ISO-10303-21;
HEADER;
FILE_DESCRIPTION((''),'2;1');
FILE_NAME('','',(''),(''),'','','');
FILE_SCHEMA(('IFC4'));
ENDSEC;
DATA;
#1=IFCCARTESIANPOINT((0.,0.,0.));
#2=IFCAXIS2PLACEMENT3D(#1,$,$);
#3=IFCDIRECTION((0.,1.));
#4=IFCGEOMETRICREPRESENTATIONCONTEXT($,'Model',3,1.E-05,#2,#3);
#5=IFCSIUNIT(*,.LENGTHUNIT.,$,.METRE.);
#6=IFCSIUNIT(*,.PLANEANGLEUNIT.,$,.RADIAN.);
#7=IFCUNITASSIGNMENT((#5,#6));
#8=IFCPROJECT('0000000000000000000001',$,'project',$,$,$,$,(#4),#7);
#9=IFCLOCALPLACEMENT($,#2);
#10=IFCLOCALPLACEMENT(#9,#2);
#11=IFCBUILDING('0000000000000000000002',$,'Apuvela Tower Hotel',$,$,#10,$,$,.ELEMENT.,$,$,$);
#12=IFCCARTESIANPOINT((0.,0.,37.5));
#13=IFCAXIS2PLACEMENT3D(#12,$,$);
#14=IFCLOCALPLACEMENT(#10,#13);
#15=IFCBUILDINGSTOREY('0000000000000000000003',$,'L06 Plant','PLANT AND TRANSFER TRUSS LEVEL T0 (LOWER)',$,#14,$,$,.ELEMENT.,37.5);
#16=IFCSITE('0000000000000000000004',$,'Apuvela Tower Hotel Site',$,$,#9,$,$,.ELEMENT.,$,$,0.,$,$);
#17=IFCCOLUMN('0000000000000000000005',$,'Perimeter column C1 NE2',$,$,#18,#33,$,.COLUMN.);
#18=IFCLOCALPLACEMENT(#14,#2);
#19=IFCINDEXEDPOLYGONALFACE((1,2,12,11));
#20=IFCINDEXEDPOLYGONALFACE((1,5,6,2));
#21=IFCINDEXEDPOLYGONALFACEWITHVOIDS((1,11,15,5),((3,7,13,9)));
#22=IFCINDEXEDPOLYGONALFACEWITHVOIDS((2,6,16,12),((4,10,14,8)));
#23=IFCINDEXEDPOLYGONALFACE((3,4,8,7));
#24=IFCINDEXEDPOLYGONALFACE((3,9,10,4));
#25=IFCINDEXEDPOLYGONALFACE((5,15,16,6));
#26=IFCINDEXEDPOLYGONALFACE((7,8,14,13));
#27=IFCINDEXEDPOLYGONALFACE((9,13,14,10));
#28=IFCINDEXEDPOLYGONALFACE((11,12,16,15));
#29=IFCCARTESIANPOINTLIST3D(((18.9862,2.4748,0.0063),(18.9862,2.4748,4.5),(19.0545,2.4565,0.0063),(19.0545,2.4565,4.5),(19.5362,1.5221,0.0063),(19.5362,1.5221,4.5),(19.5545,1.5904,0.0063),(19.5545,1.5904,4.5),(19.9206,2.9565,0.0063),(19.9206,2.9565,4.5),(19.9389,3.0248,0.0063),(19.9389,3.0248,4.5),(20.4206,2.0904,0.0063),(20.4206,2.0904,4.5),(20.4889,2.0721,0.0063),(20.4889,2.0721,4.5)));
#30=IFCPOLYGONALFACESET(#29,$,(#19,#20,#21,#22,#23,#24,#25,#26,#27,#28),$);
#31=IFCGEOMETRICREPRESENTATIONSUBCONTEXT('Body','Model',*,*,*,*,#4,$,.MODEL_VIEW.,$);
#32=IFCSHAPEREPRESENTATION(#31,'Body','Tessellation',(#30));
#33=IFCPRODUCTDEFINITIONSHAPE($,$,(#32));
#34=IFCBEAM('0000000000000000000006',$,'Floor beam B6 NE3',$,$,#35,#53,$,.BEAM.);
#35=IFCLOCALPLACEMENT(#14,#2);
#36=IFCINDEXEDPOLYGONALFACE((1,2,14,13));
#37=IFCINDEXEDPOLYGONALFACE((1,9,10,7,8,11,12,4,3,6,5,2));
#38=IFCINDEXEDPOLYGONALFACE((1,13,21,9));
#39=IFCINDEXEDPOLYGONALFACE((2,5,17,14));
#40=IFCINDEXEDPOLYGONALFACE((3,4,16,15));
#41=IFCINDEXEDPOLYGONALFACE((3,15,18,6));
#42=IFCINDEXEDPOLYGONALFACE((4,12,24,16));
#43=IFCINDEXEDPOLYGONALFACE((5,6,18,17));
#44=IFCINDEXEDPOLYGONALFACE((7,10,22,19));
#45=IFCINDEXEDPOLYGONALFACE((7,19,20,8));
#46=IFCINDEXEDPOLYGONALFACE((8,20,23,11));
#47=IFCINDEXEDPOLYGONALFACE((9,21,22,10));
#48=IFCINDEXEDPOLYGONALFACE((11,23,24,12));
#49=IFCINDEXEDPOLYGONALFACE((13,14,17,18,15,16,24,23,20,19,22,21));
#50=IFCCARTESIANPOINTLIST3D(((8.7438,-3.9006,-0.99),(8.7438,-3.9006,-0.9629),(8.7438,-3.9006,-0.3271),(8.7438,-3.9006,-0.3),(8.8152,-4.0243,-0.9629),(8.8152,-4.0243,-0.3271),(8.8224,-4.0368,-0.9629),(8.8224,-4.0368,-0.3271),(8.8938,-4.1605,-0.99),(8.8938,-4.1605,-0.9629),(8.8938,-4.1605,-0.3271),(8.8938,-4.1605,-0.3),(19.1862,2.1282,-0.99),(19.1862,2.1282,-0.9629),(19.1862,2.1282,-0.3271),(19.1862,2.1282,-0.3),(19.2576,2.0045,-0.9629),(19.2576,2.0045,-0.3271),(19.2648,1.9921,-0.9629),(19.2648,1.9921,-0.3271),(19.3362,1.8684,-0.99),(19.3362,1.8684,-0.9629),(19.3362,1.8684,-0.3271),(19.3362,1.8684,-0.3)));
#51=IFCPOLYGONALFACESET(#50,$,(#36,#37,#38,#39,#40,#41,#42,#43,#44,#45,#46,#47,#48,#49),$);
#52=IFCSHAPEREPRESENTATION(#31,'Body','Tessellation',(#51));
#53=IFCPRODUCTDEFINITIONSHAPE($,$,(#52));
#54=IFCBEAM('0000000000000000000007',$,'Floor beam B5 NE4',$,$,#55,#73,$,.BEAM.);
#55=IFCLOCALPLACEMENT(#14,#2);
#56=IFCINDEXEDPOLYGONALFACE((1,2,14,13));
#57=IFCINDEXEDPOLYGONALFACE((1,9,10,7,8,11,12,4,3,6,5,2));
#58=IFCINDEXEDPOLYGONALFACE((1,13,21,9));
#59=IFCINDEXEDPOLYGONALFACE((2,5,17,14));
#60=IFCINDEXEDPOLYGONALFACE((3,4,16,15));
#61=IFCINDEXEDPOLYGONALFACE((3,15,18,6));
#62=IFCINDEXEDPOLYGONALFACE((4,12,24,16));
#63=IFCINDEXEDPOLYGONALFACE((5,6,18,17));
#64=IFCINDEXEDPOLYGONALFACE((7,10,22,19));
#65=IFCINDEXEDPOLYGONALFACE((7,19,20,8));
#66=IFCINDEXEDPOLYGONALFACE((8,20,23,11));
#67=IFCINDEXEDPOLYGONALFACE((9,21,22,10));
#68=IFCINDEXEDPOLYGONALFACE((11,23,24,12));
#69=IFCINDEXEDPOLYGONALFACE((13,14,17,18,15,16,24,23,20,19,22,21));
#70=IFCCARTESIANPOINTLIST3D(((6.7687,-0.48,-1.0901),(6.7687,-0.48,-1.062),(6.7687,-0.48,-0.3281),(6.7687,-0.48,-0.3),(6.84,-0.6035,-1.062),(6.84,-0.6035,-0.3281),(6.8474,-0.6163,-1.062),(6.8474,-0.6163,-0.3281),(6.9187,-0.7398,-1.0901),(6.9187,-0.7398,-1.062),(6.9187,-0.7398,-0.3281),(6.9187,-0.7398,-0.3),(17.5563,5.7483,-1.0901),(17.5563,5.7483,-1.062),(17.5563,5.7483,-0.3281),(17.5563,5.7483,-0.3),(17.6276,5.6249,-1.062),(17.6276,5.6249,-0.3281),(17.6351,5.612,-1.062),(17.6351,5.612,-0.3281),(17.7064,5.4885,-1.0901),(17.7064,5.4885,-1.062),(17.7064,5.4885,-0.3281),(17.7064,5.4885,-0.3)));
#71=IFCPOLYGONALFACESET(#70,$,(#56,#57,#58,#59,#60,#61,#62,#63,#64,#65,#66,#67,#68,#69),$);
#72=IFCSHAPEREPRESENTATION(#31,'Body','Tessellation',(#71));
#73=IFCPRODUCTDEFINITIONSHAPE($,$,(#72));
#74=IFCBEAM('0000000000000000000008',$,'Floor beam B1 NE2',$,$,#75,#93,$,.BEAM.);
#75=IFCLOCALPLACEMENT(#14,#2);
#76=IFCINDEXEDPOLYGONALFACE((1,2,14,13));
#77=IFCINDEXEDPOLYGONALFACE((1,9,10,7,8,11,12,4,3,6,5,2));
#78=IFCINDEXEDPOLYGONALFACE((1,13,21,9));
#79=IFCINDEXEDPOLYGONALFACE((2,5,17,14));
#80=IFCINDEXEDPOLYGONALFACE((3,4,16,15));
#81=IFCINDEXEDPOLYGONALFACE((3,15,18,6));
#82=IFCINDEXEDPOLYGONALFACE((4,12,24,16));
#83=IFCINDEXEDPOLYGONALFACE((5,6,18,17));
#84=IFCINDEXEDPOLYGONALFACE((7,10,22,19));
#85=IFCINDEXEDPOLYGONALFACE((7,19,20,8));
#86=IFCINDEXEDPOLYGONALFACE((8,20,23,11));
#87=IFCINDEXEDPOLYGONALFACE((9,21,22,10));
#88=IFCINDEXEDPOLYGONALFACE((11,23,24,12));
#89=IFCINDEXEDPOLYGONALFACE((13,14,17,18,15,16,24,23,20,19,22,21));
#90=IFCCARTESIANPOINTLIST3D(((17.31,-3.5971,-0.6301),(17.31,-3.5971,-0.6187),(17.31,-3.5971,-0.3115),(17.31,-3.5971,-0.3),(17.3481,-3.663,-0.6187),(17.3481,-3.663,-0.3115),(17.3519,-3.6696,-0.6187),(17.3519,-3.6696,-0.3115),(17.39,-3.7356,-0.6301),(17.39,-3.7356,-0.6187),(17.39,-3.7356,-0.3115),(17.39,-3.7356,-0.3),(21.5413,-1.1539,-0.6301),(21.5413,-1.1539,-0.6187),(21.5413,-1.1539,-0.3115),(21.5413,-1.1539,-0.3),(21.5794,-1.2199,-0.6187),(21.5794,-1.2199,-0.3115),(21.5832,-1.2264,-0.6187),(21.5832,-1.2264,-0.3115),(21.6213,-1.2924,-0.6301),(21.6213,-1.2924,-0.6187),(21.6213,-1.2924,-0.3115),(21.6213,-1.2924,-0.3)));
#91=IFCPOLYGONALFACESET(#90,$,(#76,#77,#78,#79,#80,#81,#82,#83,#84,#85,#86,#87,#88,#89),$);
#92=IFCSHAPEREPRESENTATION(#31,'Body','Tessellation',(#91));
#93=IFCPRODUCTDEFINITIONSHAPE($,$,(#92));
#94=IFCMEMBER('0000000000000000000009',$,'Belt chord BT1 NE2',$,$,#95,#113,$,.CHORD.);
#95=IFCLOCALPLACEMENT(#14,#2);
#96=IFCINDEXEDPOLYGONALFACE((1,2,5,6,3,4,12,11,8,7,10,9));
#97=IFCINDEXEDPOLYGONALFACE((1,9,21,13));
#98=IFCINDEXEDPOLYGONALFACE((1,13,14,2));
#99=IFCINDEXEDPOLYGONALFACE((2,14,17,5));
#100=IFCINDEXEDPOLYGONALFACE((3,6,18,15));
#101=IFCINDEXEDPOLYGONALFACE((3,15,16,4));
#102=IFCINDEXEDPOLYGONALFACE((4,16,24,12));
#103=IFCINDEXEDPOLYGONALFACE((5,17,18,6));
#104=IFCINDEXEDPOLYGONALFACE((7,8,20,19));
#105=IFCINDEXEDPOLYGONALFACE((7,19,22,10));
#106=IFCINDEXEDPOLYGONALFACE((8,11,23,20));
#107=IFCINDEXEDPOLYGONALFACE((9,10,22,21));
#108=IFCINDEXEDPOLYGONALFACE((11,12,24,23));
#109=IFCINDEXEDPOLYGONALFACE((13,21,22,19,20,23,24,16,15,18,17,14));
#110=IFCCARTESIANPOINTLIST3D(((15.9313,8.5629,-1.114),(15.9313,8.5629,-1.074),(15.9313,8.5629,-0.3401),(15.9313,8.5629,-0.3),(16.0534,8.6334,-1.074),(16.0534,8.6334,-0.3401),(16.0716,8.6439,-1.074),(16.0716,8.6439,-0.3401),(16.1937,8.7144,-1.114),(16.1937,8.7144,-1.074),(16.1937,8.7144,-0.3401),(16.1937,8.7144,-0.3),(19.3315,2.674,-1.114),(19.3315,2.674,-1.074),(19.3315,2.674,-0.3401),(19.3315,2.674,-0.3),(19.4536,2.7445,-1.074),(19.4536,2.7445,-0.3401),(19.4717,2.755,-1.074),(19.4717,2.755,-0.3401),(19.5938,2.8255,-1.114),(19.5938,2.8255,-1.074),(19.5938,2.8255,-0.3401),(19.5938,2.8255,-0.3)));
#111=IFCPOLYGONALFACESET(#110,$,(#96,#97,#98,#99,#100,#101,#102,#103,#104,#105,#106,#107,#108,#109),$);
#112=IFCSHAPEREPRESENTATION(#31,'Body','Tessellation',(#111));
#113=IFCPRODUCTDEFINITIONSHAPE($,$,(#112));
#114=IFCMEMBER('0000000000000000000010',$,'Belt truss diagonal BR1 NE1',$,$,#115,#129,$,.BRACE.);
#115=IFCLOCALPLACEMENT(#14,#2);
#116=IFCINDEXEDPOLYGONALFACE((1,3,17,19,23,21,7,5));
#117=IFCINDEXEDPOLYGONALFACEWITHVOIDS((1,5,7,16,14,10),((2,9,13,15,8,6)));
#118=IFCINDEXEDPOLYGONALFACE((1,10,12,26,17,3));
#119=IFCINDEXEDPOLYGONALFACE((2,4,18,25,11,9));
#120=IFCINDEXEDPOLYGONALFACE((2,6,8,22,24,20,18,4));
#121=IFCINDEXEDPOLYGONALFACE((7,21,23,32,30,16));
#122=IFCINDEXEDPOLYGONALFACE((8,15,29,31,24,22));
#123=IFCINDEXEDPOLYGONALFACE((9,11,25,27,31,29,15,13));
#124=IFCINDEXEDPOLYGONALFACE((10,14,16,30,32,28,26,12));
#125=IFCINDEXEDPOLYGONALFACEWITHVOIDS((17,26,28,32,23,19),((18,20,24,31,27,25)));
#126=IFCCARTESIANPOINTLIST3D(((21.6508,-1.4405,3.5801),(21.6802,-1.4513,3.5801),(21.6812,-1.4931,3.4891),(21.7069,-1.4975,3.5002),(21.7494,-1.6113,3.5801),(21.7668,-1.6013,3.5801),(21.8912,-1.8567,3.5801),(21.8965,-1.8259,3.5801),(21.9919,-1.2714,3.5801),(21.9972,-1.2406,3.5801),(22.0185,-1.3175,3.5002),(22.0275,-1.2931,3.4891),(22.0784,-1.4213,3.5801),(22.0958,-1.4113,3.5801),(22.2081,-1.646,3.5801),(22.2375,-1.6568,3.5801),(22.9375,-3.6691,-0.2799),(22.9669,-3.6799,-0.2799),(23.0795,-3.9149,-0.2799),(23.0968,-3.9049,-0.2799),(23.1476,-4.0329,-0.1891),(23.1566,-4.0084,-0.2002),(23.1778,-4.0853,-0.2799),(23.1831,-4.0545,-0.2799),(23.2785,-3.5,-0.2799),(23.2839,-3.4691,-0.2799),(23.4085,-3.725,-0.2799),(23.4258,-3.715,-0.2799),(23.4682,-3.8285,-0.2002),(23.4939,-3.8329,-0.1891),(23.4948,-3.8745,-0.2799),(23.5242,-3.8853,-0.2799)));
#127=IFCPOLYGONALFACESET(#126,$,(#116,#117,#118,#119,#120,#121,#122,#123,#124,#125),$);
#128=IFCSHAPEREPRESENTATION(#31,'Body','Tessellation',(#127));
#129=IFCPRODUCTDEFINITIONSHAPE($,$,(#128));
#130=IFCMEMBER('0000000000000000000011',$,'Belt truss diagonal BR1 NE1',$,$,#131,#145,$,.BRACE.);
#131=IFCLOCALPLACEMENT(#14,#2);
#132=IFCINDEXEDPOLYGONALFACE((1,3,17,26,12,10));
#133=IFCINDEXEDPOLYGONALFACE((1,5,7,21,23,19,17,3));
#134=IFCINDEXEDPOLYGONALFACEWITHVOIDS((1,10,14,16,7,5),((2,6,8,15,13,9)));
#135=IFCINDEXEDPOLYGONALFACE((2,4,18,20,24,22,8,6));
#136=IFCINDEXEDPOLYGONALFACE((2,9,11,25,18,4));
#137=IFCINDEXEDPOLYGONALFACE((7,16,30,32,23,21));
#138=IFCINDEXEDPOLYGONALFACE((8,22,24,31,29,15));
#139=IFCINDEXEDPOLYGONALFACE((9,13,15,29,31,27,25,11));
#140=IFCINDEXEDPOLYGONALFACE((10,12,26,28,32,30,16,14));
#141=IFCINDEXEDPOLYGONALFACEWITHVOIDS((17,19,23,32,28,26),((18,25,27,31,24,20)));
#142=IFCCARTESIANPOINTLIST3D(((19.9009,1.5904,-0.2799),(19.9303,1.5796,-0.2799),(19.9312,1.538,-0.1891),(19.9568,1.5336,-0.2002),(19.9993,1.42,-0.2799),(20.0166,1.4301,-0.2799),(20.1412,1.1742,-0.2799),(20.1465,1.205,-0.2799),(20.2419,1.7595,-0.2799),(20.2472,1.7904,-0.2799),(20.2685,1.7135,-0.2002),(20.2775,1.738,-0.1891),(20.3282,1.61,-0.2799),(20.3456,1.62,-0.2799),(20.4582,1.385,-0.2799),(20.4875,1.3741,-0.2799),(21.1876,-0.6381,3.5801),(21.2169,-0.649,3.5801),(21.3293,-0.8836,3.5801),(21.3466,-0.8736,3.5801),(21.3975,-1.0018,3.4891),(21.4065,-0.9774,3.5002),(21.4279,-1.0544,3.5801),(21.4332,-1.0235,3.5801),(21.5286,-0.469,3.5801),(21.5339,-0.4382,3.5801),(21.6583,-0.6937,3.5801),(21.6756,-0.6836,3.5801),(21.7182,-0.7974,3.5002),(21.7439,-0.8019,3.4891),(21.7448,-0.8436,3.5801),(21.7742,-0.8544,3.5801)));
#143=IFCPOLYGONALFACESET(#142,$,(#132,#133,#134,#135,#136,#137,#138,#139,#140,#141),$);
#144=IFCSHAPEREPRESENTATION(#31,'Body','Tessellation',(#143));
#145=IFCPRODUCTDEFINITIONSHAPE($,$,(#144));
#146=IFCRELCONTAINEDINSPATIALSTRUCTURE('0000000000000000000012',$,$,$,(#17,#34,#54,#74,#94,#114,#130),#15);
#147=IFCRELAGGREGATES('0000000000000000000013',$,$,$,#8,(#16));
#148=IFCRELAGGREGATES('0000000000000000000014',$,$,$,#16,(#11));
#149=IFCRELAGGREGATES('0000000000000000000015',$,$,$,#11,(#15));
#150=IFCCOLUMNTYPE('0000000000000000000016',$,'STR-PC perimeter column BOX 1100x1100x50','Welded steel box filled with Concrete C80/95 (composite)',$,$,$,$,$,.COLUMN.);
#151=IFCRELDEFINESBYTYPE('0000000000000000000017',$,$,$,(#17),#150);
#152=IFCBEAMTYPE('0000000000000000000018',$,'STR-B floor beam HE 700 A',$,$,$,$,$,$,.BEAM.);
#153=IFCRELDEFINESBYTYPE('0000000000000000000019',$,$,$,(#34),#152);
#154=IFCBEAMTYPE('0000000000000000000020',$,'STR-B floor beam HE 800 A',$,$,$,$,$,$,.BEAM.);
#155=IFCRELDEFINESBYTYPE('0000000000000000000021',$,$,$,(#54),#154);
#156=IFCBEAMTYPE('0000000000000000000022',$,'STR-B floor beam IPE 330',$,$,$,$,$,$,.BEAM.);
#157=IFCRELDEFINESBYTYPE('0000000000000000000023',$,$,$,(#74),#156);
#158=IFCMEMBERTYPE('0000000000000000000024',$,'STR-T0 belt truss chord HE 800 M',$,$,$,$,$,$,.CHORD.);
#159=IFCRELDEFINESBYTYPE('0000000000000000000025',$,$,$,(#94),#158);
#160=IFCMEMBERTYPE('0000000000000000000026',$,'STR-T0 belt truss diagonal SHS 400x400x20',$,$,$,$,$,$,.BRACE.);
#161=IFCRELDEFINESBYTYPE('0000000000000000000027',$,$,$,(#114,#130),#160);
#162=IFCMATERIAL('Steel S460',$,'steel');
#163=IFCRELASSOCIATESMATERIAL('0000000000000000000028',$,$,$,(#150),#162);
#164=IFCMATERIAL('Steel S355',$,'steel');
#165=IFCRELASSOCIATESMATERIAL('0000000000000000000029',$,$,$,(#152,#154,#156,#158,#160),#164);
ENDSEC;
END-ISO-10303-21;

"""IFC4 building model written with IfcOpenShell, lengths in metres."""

from ifc_helpers import new_model, si_unit, direction, frame, origin, origin_2d, place, context, subcontext, project, spatial, rectangle, hollow_rectangle, i_section, extrude, boolean, halfspace, material, material_profile, profile_set, type_object, element, save


model = new_model("IFC4")

# Units and contexts
model_context = context("Model", 3, precision=1e-05, world=origin(), true_north=direction((0.0, 1.0)))
body_context = subcontext(model_context, "Body", "Model", "MODEL_VIEW")
ifc_project = project(units=[si_unit("LENGTHUNIT", "METRE"), si_unit("PLANEANGLEUNIT", "RADIAN")], contexts=[model_context])

# Site, building, storey
site_placement = place(None, origin())
site = spatial("IfcSite", under=ifc_project, at=site_placement, Name="Apuvela Tower Hotel Site", CompositionType="ELEMENT", RefElevation=0.0)
building_placement = place(site_placement, origin())
building = spatial("IfcBuilding", under=site, at=building_placement, Name="Apuvela Tower Hotel", CompositionType="ELEMENT")
storey_placement = place(building_placement, frame((0.0, 0.0, 37.5)))
storey = spatial("IfcBuildingStorey", under=building, at=storey_placement, Name="L06 Plant", Description="PLANT AND TRANSFER TRUSS LEVEL T0 (LOWER)", CompositionType="ELEMENT", Elevation=37.5)

# Column
ifc_material_1 = material(Name="Steel S460", Category="steel")
ifc_material_profile_1 = material_profile(ifc_material_1, hollow_rectangle(XDim=1.1001, YDim=1.1001, WallThickness=0.05, at=origin_2d()), Name="BOX 1100x1100x50")
ifc_material_2 = material(Name="Concrete C80/95", Category="concrete")
ifc_material_profile_2 = material_profile(ifc_material_2, rectangle(XDim=1.0, YDim=1.0, at=origin_2d()), Name="Concrete C80/95 infill")
ifc_profile_set_1 = profile_set([ifc_material_profile_1, ifc_material_profile_2], Name="Steel S460")
column_type = type_object("IfcColumnType", Name="STR-PC perimeter column BOX 1100x1100x50", Description="Welded steel box filled with Concrete C80/95 (composite)", PredefinedType="COLUMN", material=ifc_profile_set_1)
column_placement = place(storey_placement, frame((19.7375, 2.2734, 0.0), z_axis=(0.0, 0.0, 1.0), x_axis=(-0.5, 0.866025, 0.0)))
element("IfcColumn", 1, at=column_placement, inside=storey, type_object=column_type, Name="Perimeter column C1 NE2", PredefinedType="COLUMN", context=body_context, shape_type="SweptSolid", body=[
    boolean("DIFFERENCE", extrude(hollow_rectangle(XDim=1.1001, YDim=1.1001, WallThickness=0.05, at=origin_2d()), origin(), (0.0, 0.0, 1.0), 4.5), halfspace(frame((0.0, 0.0, 0.0063), z_axis=(0.0, 0.0, 1.0), x_axis=(1.0, 0.0, 0.0)), True)),
])

# Beams
ifc_material_3 = material(Name="Steel S355", Category="steel")
ifc_material_profile_3 = material_profile(ifc_material_3, i_section(OverallWidth=0.3, OverallDepth=0.6899, WebThickness=0.0144, FlangeThickness=0.0271, at=origin_2d()), Name="HE 700 A")
ifc_profile_set_2 = profile_set([ifc_material_profile_3], Name="Steel S355")
beam_type_1 = type_object("IfcBeamType", Name="STR-B floor beam HE 700 A", PredefinedType="BEAM", material=ifc_profile_set_2)
beam_1_placement = place(storey_placement, frame((19.2612, 1.9983, -0.645), z_axis=(-0.866029, -0.499994, 0.0), x_axis=(0.499994, -0.866029, 0.0)))
element("IfcBeam", 2, at=beam_1_placement, inside=storey, type_object=beam_type_1, Name="Floor beam B6 NE3", PredefinedType="BEAM", context=body_context, shape_type="SweptSolid", body=[
    extrude(i_section(OverallWidth=0.3, OverallDepth=0.6899, WebThickness=0.0144, FlangeThickness=0.0271, at=origin_2d()), origin(), (0.0, 0.0, 1.0), 12.0579),
])
ifc_material_profile_4 = material_profile(ifc_material_3, i_section(OverallWidth=0.3, OverallDepth=0.79, WebThickness=0.0149, FlangeThickness=0.0281, at=origin_2d()), Name="HE 800 A")
ifc_profile_set_3 = profile_set([ifc_material_profile_4], Name="Steel S355")
beam_type_2 = type_object("IfcBeamType", Name="STR-B floor beam HE 800 A", PredefinedType="BEAM", material=ifc_profile_set_3)
beam_2_placement = place(storey_placement, frame((17.6313, 5.6184, -0.6951), z_axis=(-0.866024, -0.500003, 0.0), x_axis=(0.500003, -0.866024, 0.0)))
element("IfcBeam", 3, at=beam_2_placement, inside=storey, type_object=beam_type_2, Name="Floor beam B5 NE4", PredefinedType="BEAM", context=body_context, shape_type="SweptSolid", body=[
    extrude(i_section(OverallWidth=0.3, OverallDepth=0.79, WebThickness=0.0149, FlangeThickness=0.0281, at=origin_2d()), origin(), (0.0, 0.0, 1.0), 12.4565),
])
ifc_material_profile_5 = material_profile(ifc_material_3, i_section(OverallWidth=0.1599, OverallDepth=0.3301, WebThickness=0.0076, FlangeThickness=0.0115, at=origin_2d()), Name="IPE 330")
ifc_profile_set_4 = profile_set([ifc_material_profile_5], Name="Steel S355")
beam_type_3 = type_object("IfcBeamType", Name="STR-B floor beam IPE 330", PredefinedType="BEAM", material=ifc_profile_set_4)
beam_3_placement = place(storey_placement, frame((21.5813, -1.2231, -0.4651), z_axis=(-0.866005, -0.500035, 0.0), x_axis=(0.500035, -0.866005, 0.0)))
element("IfcBeam", 4, at=beam_3_placement, inside=storey, type_object=beam_type_3, Name="Floor beam B1 NE2", PredefinedType="BEAM", context=body_context, shape_type="SweptSolid", body=[
    extrude(i_section(OverallWidth=0.1599, OverallDepth=0.3301, WebThickness=0.0076, FlangeThickness=0.0115, at=origin_2d()), origin(), (0.0, 0.0, 1.0), 4.886),
])

# Members
ifc_material_profile_6 = material_profile(ifc_material_3, i_section(OverallWidth=0.303, OverallDepth=0.814, WebThickness=0.021, FlangeThickness=0.04, at=origin_2d()), Name="HE 800 M")
ifc_profile_set_5 = profile_set([ifc_material_profile_6], Name="Steel S355")
member_type_1 = type_object("IfcMemberType", Name="STR-T0 belt truss chord HE 800 M", PredefinedType="CHORD", material=ifc_profile_set_5)
member_1_placement = place(storey_placement, frame((19.4626, 2.7498, -0.707), z_axis=(-0.50002, 0.866014, 0.0), x_axis=(-0.866014, -0.50002, 0.0)))
element("IfcMember", 5, at=member_1_placement, inside=storey, type_object=member_type_1, Name="Belt chord BT1 NE2", PredefinedType="CHORD", context=body_context, shape_type="SweptSolid", body=[
    extrude(i_section(OverallWidth=0.303, OverallDepth=0.814, WebThickness=0.021, FlangeThickness=0.04, at=origin_2d()), origin(), (0.0, 0.0, 1.0), 6.8),
])
ifc_material_profile_7 = material_profile(ifc_material_3, hollow_rectangle(XDim=0.3999, YDim=0.3999, WallThickness=0.02, at=origin_2d()), Name="SHS 400x400x20")
ifc_profile_set_6 = profile_set([ifc_material_profile_7], Name="Steel S355")
member_type_2 = type_object("IfcMemberType", Name="STR-T0 belt truss diagonal SHS 400x400x20", PredefinedType="BRACE", material=ifc_profile_set_6)
member_2_placement = place(storey_placement, frame((23.2375, -3.7888, -0.3), z_axis=(-0.277351, 0.480378, 0.832054), x_axis=(0.416033, -0.720576, 0.554695)))
solid_1 = boolean("DIFFERENCE", boolean("DIFFERENCE", extrude(hollow_rectangle(XDim=0.3999, YDim=0.3999, WallThickness=0.02, at=origin_2d()), frame((0.0, 0.0, -0.2534)), (0.0, 0.0, 1.0), 5.1941), halfspace(frame((0.0, 0.0, 0.0242), z_axis=(0.554695, 0.0, 0.832054), x_axis=(0.832054, 0.0, -0.554695)), True)), halfspace(frame((0.0, 0.0, 4.6633), z_axis=(0.554695, 0.0, 0.832054), x_axis=(0.832054, 0.0, -0.554695)), False))
element("IfcMember", 6, at=member_2_placement, inside=storey, type_object=member_type_2, Name="Belt truss diagonal BR1 NE1", PredefinedType="BRACE", context=body_context, shape_type="SweptSolid", body=[
    boolean("UNION", boolean("DIFFERENCE", boolean("DIFFERENCE", extrude(hollow_rectangle(XDim=0.3999, YDim=0.3999, WallThickness=0.02, at=origin_2d()), origin(), (0.0, 0.0, 1.0), 4.6873), halfspace(frame((0.0, 0.0, 0.0242), z_axis=(0.554695, 0.0, 0.832054), x_axis=(0.832054, 0.0, -0.554695)), True)), halfspace(frame((0.0, 0.0, 4.6633), z_axis=(0.554695, 0.0, 0.832054), x_axis=(0.832054, 0.0, -0.554695)), False)), solid_1),
])
member_3_placement = place(storey_placement, frame((20.1875, 1.4939, -0.3), z_axis=(0.277351, -0.480378, 0.832054), x_axis=(-0.416033, 0.720576, 0.554695)))
solid_2 = boolean("DIFFERENCE", boolean("DIFFERENCE", extrude(hollow_rectangle(XDim=0.3999, YDim=0.3999, WallThickness=0.02, at=origin_2d()), frame((0.0, 0.0, -0.2534)), (0.0, 0.0, 1.0), 5.1941), halfspace(frame((0.0, 0.0, 0.0242), z_axis=(0.554695, 0.0, 0.832054), x_axis=(0.832054, 0.0, -0.554695)), True)), halfspace(frame((0.0, 0.0, 4.6633), z_axis=(0.554695, 0.0, 0.832054), x_axis=(0.832054, 0.0, -0.554695)), False))
element("IfcMember", 7, at=member_3_placement, inside=storey, type_object=member_type_2, Name="Belt truss diagonal BR1 NE1", PredefinedType="BRACE", context=body_context, shape_type="SweptSolid", body=[
    boolean("UNION", boolean("DIFFERENCE", boolean("DIFFERENCE", extrude(hollow_rectangle(XDim=0.3999, YDim=0.3999, WallThickness=0.02, at=origin_2d()), origin(), (0.0, 0.0, 1.0), 4.6873), halfspace(frame((0.0, 0.0, 0.0242), z_axis=(0.554695, 0.0, 0.832054), x_axis=(0.832054, 0.0, -0.554695)), True)), halfspace(frame((0.0, 0.0, 4.6633), z_axis=(0.554695, 0.0, 0.832054), x_axis=(0.832054, 0.0, -0.554695)), False)), solid_2),
])

save(model, "model.ifc")
